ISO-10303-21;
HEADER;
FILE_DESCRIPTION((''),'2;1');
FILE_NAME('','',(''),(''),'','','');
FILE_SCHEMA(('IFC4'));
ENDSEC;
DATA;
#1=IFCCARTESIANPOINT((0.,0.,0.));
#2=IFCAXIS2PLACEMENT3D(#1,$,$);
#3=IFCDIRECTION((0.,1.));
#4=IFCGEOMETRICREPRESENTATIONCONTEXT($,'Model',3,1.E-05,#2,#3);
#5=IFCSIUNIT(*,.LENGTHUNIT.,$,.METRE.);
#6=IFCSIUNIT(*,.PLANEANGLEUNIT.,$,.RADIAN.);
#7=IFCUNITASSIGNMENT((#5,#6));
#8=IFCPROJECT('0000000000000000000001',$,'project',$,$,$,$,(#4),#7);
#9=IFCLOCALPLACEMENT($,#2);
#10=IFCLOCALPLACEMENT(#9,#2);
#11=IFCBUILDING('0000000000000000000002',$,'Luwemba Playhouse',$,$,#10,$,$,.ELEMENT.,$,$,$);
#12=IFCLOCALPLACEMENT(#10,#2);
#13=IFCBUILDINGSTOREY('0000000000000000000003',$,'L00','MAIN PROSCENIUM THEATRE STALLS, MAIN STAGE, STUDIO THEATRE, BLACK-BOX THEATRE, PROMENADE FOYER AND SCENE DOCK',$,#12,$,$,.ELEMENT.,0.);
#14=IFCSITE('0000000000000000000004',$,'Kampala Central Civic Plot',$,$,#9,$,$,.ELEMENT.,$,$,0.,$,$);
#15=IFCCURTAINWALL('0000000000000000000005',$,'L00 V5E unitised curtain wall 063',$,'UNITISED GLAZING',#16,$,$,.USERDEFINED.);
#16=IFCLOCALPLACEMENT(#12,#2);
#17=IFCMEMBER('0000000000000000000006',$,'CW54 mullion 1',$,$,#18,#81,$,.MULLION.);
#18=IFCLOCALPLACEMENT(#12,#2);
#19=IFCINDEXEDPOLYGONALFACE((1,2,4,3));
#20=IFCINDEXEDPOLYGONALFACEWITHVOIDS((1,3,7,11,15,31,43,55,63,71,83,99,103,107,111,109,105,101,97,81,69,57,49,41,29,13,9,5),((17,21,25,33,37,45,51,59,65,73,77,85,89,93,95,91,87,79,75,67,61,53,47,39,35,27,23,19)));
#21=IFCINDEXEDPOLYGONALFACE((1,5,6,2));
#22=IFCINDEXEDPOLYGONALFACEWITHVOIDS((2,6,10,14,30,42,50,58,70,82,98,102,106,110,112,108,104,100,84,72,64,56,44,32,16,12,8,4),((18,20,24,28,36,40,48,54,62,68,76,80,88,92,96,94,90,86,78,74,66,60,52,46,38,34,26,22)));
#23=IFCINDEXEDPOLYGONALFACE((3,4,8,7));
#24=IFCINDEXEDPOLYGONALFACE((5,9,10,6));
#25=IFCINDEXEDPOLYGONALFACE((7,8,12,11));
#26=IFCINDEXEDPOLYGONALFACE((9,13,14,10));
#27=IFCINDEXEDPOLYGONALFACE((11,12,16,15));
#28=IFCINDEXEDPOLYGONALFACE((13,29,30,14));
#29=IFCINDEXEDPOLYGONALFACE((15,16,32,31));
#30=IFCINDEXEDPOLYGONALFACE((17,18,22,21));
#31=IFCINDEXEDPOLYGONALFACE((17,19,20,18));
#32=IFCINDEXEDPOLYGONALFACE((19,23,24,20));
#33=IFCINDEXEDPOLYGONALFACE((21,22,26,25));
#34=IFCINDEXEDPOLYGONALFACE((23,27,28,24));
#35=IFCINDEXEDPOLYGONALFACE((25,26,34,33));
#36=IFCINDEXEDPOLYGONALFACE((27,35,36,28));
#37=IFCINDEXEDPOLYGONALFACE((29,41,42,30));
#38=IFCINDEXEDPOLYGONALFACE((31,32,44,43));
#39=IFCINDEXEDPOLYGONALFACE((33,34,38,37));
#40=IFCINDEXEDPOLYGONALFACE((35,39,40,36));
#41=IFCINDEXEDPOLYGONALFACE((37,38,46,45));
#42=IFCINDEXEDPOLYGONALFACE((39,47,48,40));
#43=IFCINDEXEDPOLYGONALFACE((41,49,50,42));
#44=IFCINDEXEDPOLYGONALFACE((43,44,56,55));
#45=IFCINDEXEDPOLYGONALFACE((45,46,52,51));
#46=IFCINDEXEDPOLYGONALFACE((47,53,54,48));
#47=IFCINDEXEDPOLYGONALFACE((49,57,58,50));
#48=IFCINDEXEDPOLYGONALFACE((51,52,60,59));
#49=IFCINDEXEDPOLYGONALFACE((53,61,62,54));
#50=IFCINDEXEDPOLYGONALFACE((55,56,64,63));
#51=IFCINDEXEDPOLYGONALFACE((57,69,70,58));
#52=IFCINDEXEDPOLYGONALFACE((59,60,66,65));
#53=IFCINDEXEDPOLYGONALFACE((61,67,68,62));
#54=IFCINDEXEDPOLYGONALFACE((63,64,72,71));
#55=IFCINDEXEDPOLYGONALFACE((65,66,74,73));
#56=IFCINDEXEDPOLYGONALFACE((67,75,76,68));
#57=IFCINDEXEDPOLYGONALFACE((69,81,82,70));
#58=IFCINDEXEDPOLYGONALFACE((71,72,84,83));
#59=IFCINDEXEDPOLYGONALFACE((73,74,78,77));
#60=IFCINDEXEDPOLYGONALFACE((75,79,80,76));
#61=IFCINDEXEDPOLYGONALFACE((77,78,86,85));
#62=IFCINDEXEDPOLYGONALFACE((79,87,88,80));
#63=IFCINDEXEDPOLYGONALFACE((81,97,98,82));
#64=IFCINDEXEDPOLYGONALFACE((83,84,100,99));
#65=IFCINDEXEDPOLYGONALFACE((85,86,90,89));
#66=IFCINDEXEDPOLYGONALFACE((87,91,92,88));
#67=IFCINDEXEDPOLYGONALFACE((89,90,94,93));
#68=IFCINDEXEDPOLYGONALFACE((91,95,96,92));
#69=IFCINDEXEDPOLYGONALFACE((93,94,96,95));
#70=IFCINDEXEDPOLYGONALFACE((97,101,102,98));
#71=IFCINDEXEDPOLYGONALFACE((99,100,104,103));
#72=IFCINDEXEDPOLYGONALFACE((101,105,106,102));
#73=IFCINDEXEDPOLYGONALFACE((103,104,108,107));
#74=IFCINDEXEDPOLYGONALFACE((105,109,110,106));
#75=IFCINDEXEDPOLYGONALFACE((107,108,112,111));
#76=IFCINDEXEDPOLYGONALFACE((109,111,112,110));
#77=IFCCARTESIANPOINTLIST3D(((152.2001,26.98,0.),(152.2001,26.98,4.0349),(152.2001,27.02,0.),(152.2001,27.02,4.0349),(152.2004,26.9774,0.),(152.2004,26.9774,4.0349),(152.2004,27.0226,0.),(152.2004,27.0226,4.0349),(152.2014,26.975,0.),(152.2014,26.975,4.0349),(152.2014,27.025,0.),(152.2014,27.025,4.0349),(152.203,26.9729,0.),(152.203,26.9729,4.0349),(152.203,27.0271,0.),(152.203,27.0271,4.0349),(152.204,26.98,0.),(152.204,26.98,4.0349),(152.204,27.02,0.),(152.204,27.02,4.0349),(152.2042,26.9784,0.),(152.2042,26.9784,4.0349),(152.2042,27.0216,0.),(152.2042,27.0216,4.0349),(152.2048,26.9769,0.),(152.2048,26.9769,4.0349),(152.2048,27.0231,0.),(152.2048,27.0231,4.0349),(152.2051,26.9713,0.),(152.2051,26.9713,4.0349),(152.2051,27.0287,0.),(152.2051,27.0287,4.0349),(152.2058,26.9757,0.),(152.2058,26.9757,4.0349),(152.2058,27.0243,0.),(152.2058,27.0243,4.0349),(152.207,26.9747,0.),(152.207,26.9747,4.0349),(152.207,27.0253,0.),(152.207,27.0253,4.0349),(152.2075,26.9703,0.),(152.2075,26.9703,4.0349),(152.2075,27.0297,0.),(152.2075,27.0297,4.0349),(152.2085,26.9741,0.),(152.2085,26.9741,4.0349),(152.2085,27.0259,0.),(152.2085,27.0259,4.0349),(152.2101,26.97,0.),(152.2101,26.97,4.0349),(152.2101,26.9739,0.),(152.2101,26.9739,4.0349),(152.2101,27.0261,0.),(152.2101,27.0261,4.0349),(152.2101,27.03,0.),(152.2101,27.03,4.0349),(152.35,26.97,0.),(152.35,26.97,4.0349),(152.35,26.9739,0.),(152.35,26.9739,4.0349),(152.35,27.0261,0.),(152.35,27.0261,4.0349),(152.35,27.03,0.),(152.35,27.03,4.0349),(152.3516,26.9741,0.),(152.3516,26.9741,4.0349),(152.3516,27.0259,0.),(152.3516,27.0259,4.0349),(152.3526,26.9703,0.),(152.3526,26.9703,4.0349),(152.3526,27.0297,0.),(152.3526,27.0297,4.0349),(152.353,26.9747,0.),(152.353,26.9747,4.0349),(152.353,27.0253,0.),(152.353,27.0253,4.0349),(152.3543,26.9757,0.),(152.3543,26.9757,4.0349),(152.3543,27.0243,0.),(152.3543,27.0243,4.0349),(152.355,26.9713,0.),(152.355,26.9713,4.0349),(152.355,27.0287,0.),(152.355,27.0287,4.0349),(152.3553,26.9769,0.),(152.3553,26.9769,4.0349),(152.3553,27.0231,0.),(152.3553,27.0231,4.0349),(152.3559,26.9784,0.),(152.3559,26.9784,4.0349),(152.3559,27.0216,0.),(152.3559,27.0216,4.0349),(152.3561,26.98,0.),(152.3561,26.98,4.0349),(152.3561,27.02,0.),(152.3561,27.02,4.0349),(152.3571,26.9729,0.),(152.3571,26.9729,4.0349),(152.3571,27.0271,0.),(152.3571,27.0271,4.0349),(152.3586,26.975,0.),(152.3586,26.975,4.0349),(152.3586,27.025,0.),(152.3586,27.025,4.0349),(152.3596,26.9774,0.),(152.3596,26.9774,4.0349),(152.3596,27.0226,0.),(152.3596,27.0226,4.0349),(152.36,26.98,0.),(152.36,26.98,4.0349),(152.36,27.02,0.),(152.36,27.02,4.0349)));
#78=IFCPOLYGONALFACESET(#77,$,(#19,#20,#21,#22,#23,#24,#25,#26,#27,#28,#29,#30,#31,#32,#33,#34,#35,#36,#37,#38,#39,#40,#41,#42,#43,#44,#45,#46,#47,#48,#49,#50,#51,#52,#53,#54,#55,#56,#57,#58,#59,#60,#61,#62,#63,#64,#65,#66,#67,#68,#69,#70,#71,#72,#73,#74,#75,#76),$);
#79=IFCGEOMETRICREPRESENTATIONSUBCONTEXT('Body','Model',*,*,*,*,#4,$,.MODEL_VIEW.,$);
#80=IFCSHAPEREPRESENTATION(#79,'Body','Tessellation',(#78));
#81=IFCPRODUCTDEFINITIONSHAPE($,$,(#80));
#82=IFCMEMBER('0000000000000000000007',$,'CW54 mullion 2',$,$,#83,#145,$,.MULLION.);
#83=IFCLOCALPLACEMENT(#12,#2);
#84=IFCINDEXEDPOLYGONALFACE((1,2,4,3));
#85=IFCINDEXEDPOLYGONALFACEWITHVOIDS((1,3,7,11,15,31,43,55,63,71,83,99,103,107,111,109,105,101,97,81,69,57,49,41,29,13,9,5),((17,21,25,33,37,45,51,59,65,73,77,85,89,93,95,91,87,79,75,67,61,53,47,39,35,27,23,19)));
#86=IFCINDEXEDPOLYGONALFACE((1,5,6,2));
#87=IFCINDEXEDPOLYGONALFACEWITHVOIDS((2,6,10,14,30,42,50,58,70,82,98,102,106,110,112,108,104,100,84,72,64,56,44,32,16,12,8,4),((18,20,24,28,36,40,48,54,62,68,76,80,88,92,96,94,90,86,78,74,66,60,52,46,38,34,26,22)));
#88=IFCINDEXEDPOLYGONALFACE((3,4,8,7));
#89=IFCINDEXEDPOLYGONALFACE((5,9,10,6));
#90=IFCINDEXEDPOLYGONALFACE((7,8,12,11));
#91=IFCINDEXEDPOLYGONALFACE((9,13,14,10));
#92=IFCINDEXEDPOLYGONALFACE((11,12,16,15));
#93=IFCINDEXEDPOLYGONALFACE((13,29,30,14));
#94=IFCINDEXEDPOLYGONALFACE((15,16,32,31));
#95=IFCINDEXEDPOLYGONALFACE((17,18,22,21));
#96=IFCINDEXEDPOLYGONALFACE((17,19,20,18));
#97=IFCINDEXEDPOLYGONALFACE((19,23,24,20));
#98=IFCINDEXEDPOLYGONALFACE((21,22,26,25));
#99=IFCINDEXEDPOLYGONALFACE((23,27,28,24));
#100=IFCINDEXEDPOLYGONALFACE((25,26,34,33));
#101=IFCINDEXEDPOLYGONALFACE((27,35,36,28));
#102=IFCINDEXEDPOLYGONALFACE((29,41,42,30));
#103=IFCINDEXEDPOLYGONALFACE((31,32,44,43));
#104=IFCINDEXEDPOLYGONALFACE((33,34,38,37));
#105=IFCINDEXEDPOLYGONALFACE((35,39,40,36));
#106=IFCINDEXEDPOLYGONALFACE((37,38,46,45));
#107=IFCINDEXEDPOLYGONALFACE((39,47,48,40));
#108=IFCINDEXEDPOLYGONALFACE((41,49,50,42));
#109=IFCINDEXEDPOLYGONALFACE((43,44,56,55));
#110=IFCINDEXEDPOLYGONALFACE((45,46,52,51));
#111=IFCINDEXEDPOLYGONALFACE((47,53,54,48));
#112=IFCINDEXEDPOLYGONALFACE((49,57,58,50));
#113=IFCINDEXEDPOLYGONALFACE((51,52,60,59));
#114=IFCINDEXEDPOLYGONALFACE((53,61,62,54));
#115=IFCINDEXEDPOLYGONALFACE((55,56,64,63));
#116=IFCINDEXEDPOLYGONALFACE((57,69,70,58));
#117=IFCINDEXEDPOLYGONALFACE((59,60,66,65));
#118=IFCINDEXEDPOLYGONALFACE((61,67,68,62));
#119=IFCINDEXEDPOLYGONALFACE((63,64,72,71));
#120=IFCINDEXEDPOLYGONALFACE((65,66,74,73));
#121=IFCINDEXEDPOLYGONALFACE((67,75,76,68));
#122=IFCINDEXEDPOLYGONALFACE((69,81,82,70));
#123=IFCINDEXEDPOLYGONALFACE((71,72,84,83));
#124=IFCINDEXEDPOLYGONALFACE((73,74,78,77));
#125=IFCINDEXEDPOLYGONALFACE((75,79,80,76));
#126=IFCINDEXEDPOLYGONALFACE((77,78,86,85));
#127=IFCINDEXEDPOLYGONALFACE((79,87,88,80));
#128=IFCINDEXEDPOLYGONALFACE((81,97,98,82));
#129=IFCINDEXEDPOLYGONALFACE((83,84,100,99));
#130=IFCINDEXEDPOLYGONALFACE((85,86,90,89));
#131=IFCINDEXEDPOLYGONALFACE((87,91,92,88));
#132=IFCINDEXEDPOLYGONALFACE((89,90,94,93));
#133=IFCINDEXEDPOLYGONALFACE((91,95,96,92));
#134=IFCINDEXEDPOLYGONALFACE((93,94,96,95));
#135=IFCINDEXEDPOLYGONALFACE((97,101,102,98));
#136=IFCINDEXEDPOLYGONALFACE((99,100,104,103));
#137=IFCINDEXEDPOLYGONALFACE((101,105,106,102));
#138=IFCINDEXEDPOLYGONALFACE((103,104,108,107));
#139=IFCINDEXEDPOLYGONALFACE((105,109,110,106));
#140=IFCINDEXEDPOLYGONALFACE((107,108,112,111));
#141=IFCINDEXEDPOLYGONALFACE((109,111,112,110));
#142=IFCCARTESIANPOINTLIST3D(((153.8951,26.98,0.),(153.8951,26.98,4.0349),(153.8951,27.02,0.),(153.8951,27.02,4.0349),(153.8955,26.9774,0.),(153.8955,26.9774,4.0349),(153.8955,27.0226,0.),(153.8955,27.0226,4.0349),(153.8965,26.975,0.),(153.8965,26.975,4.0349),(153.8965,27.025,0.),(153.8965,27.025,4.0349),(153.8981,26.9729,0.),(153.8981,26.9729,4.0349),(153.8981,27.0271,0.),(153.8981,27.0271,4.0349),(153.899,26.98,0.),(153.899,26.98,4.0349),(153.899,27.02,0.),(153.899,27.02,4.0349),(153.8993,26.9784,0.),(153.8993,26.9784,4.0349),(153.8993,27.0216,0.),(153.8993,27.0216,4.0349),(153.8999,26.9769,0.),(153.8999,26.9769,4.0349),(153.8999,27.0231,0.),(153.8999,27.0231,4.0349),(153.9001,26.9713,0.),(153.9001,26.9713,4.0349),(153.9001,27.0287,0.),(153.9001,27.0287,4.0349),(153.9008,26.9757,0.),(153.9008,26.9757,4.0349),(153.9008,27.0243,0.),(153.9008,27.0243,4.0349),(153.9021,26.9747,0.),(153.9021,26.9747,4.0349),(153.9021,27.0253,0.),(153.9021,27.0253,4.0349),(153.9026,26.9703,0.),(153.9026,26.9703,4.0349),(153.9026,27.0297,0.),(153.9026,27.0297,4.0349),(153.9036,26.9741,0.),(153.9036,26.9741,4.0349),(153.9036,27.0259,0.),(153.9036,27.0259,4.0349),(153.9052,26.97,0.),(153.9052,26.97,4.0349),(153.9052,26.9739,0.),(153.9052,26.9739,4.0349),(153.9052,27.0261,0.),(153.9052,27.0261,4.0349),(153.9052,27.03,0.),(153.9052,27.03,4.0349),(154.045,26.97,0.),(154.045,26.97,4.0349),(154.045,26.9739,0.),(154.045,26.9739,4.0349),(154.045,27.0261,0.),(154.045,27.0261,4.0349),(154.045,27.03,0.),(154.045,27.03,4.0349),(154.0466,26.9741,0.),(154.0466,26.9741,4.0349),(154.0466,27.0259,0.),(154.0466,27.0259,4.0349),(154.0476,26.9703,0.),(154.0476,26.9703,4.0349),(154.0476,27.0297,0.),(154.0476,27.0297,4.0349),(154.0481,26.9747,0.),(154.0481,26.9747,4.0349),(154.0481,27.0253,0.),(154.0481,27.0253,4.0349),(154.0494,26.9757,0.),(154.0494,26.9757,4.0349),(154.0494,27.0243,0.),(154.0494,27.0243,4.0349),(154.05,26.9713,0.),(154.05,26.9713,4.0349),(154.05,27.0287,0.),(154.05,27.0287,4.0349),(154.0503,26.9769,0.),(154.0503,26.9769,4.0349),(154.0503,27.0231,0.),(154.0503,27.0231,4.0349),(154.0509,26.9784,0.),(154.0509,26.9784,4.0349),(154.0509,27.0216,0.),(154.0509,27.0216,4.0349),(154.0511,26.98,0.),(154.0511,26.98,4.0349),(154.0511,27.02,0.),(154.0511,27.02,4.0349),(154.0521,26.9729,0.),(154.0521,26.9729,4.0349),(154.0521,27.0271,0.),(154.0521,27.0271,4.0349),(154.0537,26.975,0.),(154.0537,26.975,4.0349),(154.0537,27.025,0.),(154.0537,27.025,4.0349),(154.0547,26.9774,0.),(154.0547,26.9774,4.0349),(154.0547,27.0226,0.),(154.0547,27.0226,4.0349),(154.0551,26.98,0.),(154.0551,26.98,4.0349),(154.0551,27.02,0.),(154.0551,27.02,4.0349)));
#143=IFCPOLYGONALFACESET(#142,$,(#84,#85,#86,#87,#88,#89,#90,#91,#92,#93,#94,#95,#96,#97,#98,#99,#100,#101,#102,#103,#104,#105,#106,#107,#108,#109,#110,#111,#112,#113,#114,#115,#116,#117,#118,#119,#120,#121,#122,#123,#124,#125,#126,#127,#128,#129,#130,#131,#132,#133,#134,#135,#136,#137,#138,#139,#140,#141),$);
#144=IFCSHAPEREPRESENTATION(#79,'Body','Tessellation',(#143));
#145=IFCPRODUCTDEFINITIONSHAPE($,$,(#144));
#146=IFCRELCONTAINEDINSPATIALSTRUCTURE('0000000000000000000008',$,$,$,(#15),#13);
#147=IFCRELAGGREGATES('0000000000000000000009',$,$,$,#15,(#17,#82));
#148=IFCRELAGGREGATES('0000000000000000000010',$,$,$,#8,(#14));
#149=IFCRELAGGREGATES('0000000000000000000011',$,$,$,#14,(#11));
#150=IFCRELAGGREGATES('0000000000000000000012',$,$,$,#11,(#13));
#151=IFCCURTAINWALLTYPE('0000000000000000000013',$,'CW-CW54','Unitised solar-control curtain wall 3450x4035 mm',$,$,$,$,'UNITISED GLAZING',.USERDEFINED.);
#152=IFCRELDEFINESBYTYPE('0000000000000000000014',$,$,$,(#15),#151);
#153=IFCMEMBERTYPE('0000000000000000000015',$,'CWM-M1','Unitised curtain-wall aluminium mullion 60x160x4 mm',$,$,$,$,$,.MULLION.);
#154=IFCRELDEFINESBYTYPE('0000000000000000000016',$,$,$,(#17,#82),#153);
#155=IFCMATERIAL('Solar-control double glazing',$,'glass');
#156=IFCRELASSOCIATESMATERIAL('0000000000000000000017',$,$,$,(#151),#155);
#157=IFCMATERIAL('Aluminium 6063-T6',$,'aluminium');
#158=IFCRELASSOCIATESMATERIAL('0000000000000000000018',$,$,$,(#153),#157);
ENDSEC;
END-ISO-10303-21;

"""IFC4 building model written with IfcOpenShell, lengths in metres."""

from ifc_helpers import new_model, si_unit, direction, frame, origin, origin_2d, place, context, subcontext, project, spatial, hollow_rectangle, extrude, material, material_profile, profile_set, type_object, element, aggregate, save


model = new_model("IFC4")

# Units and contexts
model_context = context("Model", 3, precision=1e-05, world=origin(), true_north=direction((0.0, 1.0)))
body_context = subcontext(model_context, "Body", "Model", "MODEL_VIEW")
ifc_project = project(units=[si_unit("LENGTHUNIT", "METRE"), si_unit("PLANEANGLEUNIT", "RADIAN")], contexts=[model_context])

# Site, building, storey
site_placement = place(None, origin())
site = spatial("IfcSite", under=ifc_project, at=site_placement, Name="Kampala Central Civic Plot", CompositionType="ELEMENT", RefElevation=0.0)
building_placement = place(site_placement, origin())
building = spatial("IfcBuilding", under=site, at=building_placement, Name="Luwemba Playhouse", CompositionType="ELEMENT")
storey_placement = place(building_placement, origin())
storey = spatial("IfcBuildingStorey", under=building, at=storey_placement, Name="L00", Description="MAIN PROSCENIUM THEATRE STALLS, MAIN STAGE, STUDIO THEATRE, BLACK-BOX THEATRE, PROMENADE FOYER AND SCENE DOCK", CompositionType="ELEMENT", Elevation=0.0)

# Curtain wall, members
ifc_material_1 = material(Name="Solar-control double glazing", Category="glass")
curtain_wall_type = type_object("IfcCurtainWallType", Name="CW-CW54", Description="Unitised solar-control curtain wall 3450x4035 mm", ElementType="UNITISED GLAZING", PredefinedType="USERDEFINED", material=ifc_material_1)
curtain_wall_placement = place(storey_placement, origin())
curtain_wall = element("IfcCurtainWall", 1, at=curtain_wall_placement, inside=storey, type_object=curtain_wall_type, Name="L00 V5E unitised curtain wall 063", ObjectType="UNITISED GLAZING", PredefinedType="USERDEFINED")
ifc_material_2 = material(Name="Aluminium 6063-T6", Category="aluminium")
ifc_material_profile_1 = material_profile(ifc_material_2, hollow_rectangle(XDim=0.0601, YDim=0.1599, WallThickness=0.0039, InnerFilletRadius=0.0061, OuterFilletRadius=0.01, at=origin_2d()))
ifc_profile_set_1 = profile_set([ifc_material_profile_1], Name="Aluminium 6063-T6")
member_type_1 = type_object("IfcMemberType", Name="CWM-M1", Description="Unitised curtain-wall aluminium mullion 60x160x4 mm", PredefinedType="MULLION", material=ifc_profile_set_1)
member_1_placement = place(storey_placement, frame((152.28, 27.0, 0.0), z_axis=(0.0, 0.0, 1.0), x_axis=(0.0, 1.0, 0.0)))
member_1 = element("IfcMember", 2, at=member_1_placement, type_object=member_type_1, Name="CW54 mullion 1", PredefinedType="MULLION", context=body_context, shape_type="SweptSolid", body=[
    extrude(hollow_rectangle(XDim=0.0601, YDim=0.1599, WallThickness=0.0039, InnerFilletRadius=0.0061, OuterFilletRadius=0.01, at=origin_2d()), origin(), (0.0, 0.0, 1.0), 4.0349),
])
member_2_placement = place(storey_placement, frame((153.9751, 27.0, 0.0), z_axis=(0.0, 0.0, 1.0), x_axis=(0.0, 1.0, 0.0)))
member_2 = element("IfcMember", 3, at=member_2_placement, type_object=member_type_1, Name="CW54 mullion 2", PredefinedType="MULLION", context=body_context, shape_type="SweptSolid", body=[
    extrude(hollow_rectangle(XDim=0.0601, YDim=0.1599, WallThickness=0.0039, InnerFilletRadius=0.0061, OuterFilletRadius=0.01, at=origin_2d()), origin(), (0.0, 0.0, 1.0), 4.0349),
])
aggregate(curtain_wall, [member_1, member_2])

save(model, "model.ifc")
